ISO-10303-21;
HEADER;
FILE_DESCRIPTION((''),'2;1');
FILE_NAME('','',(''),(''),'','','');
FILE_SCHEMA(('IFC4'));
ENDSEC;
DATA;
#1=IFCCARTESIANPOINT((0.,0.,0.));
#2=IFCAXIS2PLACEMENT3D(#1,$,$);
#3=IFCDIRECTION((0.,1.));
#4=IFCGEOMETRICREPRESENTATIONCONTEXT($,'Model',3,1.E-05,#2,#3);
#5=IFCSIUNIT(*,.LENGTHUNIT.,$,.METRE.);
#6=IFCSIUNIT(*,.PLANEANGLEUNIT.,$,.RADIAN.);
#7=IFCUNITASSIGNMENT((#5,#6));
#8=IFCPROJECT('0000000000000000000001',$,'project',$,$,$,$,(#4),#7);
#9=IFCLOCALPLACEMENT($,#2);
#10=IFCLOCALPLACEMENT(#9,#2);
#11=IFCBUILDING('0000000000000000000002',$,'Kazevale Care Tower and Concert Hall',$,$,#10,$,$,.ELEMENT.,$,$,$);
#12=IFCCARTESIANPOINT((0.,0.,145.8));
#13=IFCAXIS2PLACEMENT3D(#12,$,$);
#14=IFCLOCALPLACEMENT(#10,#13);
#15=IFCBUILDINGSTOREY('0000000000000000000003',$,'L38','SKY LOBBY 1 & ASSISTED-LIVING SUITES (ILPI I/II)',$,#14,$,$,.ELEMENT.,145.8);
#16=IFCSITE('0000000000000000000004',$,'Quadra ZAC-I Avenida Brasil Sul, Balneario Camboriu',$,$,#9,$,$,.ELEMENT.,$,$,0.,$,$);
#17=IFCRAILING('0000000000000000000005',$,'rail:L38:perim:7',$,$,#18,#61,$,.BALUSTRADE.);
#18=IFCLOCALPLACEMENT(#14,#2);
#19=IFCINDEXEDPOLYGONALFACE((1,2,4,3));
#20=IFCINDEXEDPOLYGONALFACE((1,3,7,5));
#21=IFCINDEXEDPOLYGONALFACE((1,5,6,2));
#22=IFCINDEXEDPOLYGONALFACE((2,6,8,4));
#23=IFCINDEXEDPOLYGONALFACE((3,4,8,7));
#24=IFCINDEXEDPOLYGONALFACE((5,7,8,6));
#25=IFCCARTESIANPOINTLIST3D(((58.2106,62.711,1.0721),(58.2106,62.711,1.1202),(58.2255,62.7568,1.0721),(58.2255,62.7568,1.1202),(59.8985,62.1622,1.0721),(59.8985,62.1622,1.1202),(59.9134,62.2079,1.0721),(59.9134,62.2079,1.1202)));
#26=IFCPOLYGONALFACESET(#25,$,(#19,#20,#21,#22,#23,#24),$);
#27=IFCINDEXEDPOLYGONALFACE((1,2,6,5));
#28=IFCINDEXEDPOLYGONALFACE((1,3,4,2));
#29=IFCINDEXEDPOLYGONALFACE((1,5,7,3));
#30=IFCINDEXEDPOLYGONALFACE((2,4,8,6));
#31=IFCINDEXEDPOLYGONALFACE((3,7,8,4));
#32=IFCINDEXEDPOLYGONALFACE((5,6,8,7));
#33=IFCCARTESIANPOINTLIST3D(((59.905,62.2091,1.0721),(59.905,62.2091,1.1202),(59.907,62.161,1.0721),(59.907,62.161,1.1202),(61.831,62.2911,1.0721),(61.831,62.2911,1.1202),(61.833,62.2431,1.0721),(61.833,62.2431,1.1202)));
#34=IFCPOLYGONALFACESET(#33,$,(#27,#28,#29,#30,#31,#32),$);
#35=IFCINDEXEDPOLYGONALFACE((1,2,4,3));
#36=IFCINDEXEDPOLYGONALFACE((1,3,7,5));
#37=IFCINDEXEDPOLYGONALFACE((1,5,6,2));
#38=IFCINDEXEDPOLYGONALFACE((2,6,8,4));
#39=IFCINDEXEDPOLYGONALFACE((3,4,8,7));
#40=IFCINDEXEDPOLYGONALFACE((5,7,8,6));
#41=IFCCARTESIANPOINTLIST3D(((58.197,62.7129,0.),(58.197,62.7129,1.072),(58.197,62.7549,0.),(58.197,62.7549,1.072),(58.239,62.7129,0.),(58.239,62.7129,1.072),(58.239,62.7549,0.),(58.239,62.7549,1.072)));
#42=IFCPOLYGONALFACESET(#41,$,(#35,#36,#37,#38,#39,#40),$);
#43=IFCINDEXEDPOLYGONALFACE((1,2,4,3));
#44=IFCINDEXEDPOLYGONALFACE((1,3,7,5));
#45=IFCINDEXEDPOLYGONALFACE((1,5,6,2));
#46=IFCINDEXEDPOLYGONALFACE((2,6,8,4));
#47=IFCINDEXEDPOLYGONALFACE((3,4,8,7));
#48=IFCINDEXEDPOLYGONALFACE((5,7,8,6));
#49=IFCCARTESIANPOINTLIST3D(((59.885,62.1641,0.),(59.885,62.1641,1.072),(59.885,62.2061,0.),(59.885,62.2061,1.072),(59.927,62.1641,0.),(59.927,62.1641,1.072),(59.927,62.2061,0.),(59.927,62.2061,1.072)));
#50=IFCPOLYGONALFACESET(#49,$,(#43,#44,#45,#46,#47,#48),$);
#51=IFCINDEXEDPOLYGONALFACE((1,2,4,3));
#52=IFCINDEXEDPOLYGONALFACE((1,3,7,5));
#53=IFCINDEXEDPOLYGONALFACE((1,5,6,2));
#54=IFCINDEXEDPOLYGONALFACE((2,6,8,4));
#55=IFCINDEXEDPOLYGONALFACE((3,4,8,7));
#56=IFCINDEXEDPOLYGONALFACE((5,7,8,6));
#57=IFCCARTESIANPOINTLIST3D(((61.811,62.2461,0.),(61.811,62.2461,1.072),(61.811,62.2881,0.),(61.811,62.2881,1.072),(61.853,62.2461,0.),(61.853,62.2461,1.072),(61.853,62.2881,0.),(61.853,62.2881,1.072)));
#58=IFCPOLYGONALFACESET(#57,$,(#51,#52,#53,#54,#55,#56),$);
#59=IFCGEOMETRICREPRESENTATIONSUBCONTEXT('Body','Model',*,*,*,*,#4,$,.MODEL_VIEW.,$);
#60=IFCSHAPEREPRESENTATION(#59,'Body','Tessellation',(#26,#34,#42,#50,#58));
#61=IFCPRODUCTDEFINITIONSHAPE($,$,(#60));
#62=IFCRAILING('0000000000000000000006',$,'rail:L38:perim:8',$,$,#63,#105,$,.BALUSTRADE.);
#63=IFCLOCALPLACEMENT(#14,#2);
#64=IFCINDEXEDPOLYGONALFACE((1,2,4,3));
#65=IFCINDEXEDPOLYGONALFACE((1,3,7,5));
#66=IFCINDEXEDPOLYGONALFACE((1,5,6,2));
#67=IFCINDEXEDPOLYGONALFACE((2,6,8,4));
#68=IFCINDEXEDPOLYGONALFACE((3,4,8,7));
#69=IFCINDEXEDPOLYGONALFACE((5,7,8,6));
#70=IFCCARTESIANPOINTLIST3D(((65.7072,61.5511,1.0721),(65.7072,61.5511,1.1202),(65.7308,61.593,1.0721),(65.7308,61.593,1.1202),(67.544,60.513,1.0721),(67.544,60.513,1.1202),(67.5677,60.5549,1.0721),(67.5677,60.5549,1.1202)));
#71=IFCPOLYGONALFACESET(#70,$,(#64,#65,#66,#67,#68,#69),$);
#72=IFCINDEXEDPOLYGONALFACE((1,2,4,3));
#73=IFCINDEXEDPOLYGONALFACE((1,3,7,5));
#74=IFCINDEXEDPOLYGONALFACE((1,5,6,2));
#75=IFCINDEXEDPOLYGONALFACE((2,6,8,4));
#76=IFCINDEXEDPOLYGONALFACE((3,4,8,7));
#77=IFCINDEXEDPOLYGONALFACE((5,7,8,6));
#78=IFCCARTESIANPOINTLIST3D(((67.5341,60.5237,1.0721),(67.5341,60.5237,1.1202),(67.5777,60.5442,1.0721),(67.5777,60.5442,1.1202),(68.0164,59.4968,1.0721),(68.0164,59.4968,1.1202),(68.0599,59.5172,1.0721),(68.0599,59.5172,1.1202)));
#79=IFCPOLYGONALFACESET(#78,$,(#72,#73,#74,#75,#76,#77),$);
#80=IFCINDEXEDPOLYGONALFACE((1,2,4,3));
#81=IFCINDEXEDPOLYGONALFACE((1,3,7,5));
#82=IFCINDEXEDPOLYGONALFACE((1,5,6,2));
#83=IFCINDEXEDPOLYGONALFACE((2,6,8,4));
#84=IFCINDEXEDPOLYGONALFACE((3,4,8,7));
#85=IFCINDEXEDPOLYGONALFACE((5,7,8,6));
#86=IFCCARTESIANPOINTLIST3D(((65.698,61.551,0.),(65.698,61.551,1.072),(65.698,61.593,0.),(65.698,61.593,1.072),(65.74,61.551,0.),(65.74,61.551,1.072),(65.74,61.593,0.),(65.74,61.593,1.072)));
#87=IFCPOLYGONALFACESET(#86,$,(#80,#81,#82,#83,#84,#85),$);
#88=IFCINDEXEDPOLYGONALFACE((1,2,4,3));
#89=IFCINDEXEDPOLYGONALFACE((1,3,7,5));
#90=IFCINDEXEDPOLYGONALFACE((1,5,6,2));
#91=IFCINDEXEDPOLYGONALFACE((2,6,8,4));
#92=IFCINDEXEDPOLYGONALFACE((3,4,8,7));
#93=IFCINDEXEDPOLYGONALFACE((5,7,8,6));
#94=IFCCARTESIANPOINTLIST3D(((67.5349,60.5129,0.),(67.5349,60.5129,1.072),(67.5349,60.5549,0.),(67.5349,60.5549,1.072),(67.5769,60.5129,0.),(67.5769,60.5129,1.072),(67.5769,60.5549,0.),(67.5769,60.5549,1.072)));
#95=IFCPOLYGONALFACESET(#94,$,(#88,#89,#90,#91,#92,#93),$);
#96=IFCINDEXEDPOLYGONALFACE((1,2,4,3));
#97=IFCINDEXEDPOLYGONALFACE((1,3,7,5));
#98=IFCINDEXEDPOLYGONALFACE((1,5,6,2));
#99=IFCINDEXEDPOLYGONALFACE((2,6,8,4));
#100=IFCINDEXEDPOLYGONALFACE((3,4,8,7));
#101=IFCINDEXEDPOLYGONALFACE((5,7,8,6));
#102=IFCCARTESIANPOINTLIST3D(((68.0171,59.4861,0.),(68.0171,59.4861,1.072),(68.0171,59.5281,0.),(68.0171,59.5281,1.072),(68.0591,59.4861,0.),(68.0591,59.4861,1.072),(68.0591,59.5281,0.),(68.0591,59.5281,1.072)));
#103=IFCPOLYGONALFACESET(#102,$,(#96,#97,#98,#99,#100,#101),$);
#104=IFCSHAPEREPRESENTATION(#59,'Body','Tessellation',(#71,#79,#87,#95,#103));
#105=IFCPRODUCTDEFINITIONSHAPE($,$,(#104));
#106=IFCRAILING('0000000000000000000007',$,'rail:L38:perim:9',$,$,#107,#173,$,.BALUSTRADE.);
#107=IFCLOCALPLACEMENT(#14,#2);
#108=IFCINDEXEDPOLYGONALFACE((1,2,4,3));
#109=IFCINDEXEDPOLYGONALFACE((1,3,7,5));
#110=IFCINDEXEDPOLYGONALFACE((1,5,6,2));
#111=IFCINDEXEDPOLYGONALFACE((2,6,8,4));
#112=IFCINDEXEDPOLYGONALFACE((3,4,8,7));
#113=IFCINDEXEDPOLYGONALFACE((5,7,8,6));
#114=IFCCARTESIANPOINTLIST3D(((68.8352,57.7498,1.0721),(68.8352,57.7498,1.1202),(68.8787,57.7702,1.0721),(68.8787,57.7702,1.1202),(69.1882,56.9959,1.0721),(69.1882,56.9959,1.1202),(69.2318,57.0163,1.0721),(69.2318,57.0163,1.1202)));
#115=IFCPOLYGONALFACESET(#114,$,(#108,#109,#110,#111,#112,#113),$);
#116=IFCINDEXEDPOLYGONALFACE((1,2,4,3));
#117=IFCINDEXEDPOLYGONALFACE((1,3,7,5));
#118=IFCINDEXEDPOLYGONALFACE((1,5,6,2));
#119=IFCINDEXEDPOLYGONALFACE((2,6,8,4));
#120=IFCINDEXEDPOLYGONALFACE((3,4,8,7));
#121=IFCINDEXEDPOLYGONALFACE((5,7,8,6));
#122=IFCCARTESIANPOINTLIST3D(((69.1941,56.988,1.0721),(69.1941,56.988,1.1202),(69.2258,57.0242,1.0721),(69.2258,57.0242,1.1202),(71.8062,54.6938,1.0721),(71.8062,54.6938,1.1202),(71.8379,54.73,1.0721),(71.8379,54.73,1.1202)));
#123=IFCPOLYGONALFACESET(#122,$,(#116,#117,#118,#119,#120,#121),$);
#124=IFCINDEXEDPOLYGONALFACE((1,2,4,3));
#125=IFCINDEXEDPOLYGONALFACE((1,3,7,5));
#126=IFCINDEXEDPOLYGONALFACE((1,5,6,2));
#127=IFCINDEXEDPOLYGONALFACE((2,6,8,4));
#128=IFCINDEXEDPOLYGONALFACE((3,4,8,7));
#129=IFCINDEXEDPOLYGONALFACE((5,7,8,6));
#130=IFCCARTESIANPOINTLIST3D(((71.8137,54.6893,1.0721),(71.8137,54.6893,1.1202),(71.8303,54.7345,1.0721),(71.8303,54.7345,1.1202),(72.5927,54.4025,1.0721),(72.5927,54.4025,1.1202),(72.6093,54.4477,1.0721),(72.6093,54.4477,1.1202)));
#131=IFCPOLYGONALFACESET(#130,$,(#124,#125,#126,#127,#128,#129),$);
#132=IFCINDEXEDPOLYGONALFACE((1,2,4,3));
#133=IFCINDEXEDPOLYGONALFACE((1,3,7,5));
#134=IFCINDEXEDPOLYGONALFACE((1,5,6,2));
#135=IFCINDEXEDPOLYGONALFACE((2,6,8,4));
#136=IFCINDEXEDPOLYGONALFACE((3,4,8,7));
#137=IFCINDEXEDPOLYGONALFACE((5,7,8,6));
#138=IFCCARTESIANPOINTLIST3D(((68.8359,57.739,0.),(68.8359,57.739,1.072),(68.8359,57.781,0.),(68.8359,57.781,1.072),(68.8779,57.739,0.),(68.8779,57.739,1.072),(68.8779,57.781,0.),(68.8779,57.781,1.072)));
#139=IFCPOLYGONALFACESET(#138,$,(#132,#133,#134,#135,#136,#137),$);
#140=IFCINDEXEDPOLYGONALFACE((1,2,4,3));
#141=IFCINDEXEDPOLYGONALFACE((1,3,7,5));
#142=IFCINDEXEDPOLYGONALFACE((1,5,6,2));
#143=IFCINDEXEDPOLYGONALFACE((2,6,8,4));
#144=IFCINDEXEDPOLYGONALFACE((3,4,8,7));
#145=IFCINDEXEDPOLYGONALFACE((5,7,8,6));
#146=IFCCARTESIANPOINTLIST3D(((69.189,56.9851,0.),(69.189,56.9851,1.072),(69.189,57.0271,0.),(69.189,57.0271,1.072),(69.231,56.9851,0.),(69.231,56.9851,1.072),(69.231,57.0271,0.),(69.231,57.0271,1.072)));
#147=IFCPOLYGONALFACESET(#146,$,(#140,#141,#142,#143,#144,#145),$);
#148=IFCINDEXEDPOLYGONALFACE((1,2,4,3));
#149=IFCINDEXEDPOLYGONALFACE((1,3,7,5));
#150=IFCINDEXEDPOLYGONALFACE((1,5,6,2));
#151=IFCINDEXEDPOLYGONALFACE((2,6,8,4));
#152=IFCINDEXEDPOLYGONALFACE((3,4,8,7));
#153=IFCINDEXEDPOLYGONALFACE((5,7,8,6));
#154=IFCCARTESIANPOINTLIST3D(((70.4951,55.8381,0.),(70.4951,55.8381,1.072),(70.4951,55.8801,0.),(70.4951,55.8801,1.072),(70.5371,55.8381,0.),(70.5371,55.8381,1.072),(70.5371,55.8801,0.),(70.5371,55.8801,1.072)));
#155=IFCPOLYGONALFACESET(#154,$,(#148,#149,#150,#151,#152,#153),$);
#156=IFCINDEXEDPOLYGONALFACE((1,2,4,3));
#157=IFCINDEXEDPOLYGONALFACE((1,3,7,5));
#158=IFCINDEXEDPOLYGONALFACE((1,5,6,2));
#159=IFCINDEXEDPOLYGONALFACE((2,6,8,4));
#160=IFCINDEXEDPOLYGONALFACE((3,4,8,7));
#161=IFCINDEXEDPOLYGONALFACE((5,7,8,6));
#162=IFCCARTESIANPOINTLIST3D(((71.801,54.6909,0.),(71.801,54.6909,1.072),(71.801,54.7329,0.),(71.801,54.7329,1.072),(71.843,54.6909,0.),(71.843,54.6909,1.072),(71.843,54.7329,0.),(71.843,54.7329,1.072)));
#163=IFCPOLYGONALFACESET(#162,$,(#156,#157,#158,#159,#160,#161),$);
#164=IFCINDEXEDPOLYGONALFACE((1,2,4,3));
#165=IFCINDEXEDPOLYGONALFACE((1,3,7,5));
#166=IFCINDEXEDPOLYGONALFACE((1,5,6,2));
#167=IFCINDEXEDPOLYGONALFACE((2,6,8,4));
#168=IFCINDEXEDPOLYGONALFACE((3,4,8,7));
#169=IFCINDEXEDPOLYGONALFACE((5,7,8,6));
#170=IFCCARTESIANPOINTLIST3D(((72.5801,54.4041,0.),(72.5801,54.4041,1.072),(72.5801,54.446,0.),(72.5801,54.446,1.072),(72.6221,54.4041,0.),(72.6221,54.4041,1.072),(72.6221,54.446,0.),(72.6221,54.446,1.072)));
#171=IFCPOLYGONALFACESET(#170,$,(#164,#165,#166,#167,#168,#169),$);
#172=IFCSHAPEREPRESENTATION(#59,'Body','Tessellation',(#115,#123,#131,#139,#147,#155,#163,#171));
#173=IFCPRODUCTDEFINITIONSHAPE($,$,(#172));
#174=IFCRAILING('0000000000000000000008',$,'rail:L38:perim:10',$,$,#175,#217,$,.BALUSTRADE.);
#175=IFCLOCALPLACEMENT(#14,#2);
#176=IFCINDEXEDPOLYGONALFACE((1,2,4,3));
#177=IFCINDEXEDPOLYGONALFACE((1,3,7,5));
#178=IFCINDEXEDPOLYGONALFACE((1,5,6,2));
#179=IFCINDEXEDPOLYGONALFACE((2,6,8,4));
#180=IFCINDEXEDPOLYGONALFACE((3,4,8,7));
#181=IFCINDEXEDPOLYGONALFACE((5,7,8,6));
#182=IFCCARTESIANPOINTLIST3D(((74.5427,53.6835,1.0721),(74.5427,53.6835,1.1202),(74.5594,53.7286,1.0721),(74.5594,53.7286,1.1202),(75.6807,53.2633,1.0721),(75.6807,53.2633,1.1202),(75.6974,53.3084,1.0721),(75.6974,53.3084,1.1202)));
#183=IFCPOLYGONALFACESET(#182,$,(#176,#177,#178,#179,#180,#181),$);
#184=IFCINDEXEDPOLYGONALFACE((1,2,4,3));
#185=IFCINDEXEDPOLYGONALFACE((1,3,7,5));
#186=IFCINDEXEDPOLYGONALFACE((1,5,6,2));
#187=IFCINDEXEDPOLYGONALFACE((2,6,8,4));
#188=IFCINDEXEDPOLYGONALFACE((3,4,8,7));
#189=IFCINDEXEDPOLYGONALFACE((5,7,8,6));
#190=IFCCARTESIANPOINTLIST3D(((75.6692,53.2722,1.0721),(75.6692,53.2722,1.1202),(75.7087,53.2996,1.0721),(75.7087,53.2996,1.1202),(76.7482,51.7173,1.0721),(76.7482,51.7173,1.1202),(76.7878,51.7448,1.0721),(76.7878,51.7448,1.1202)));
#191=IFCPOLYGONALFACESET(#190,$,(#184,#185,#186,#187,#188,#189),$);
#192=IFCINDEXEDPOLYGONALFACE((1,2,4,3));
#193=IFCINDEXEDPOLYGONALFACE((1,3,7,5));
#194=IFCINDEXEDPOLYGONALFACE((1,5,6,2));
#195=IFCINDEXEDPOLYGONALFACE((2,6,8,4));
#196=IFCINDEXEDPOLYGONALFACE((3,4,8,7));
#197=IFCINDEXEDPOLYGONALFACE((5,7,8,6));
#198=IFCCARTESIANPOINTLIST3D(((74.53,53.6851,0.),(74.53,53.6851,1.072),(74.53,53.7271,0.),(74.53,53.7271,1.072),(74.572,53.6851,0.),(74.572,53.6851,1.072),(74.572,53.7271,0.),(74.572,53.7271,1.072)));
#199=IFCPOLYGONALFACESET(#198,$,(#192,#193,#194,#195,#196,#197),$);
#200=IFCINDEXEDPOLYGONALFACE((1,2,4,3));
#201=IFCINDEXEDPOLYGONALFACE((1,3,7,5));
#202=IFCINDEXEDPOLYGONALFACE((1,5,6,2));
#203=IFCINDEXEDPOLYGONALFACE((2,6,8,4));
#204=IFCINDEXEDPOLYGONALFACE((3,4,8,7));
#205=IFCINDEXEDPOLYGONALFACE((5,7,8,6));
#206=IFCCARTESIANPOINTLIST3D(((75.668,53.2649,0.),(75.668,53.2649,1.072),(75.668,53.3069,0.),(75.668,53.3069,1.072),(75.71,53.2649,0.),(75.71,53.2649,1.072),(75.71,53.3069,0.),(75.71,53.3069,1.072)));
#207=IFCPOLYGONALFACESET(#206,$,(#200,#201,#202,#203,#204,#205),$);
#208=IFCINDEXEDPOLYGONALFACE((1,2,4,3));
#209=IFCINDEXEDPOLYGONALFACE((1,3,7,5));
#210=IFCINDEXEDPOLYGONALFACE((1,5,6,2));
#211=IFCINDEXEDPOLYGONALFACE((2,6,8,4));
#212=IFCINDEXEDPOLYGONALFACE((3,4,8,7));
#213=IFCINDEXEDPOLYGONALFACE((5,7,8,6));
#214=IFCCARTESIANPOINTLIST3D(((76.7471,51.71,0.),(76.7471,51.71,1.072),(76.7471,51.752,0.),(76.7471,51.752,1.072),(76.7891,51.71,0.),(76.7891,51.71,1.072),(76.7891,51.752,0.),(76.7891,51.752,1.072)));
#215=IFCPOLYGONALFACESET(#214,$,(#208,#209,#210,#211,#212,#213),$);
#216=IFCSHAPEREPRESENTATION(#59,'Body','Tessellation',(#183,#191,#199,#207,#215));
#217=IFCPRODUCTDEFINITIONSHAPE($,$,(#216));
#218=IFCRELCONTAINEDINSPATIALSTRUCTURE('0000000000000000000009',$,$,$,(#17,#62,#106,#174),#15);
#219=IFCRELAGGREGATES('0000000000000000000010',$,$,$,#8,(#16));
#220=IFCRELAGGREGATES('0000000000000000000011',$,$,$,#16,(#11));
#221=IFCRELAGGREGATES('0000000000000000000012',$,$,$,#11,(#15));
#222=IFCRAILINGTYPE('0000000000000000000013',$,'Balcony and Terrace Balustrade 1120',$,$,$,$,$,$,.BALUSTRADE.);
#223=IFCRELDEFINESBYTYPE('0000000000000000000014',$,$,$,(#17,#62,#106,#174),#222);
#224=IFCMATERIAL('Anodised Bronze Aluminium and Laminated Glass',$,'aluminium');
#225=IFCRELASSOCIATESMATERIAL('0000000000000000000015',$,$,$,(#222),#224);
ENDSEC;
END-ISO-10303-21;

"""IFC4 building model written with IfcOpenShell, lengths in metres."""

from ifc_helpers import new_model, si_unit, direction, frame, origin, origin_2d, place, context, subcontext, project, spatial, rectangle, extrude, material, type_object, element, save


model = new_model("IFC4")

# Units and contexts
model_context = context("Model", 3, precision=1e-05, world=origin(), true_north=direction((0.0, 1.0)))
body_context = subcontext(model_context, "Body", "Model", "MODEL_VIEW")
ifc_project = project(units=[si_unit("LENGTHUNIT", "METRE"), si_unit("PLANEANGLEUNIT", "RADIAN")], contexts=[model_context])

# Site, building, storey
site_placement = place(None, origin())
site = spatial("IfcSite", under=ifc_project, at=site_placement, Name="Quadra ZAC-I Avenida Brasil Sul, Balneario Camboriu", CompositionType="ELEMENT", RefElevation=0.0)
building_placement = place(site_placement, origin())
building = spatial("IfcBuilding", under=site, at=building_placement, Name="Kazevale Care Tower and Concert Hall", CompositionType="ELEMENT")
storey_placement = place(building_placement, frame((0.0, 0.0, 145.8)))
storey = spatial("IfcBuildingStorey", under=building, at=storey_placement, Name="L38", Description="SKY LOBBY 1 & ASSISTED-LIVING SUITES (ILPI I/II)", CompositionType="ELEMENT", Elevation=145.8)

# Railings
ifc_material_1 = material(Name="Anodised Bronze Aluminium and Laminated Glass", Category="aluminium")
railing_type = type_object("IfcRailingType", Name="Balcony and Terrace Balustrade 1120", PredefinedType="BALUSTRADE", material=ifc_material_1)
railing_1_placement = place(storey_placement, frame((58.218, 62.7339, 0.0)))
element("IfcRailing", 1, at=railing_1_placement, inside=storey, type_object=railing_type, Name="rail:L38:perim:7", PredefinedType="BALUSTRADE", context=body_context, shape_type="SweptSolid", body=[
    extrude(rectangle(XDim=0.0481, YDim=0.0481, at=origin_2d()), frame((0.0, 0.0, 1.0962), z_axis=(0.950996, -0.309204, 0.0), x_axis=(0.309204, 0.950996, 0.0)), (0.0, 0.0, 1.0), 1.7749),
    extrude(rectangle(XDim=0.0481, YDim=0.0481, at=origin_2d()), frame((1.688, -0.5488, 1.0962), z_axis=(0.999094, 0.042552, 0.0), x_axis=(-0.042552, 0.999094, 0.0)), (0.0, 0.0, 1.0), 1.9277),
    extrude(rectangle(XDim=0.042, YDim=0.042, at=origin_2d()), origin(), (0.0, 0.0, 1.0), 1.072),
    extrude(rectangle(XDim=0.042, YDim=0.042, at=origin_2d()), frame((1.688, -0.5488, 0.0)), (0.0, 0.0, 1.0), 1.072),
    extrude(rectangle(XDim=0.042, YDim=0.042, at=origin_2d()), frame((3.614, -0.4668, 0.0)), (0.0, 0.0, 1.0), 1.072),
])
railing_2_placement = place(storey_placement, frame((65.719, 61.572, 0.0)))
element("IfcRailing", 2, at=railing_2_placement, inside=storey, type_object=railing_type, Name="rail:L38:perim:8", PredefinedType="BALUSTRADE", context=body_context, shape_type="SweptSolid", body=[
    extrude(rectangle(XDim=0.0481, YDim=0.0481, at=origin_2d()), frame((0.0, 0.0, 1.0962), z_axis=(0.870597, -0.491996, 0.0), x_axis=(0.491996, 0.870597, 0.0)), (0.0, 0.0, 1.0), 2.1099),
    extrude(rectangle(XDim=0.0481, YDim=0.0481, at=origin_2d()), frame((1.8369, -1.0381, 1.0962), z_axis=(0.42504, -0.905174, 0.0), x_axis=(0.905174, 0.42504, 0.0)), (0.0, 0.0, 1.0), 1.1345),
    extrude(rectangle(XDim=0.042, YDim=0.042, at=origin_2d()), origin(), (0.0, 0.0, 1.0), 1.072),
    extrude(rectangle(XDim=0.042, YDim=0.042, at=origin_2d()), frame((1.8369, -1.0381, 0.0)), (0.0, 0.0, 1.0), 1.072),
    extrude(rectangle(XDim=0.042, YDim=0.042, at=origin_2d()), frame((2.3191, -2.0649, 0.0)), (0.0, 0.0, 1.0), 1.072),
])
railing_3_placement = place(storey_placement, frame((68.8569, 57.76, 0.0)))
element("IfcRailing", 3, at=railing_3_placement, inside=storey, type_object=railing_type, Name="rail:L38:perim:9", PredefinedType="BALUSTRADE", context=body_context, shape_type="SweptSolid", body=[
    extrude(rectangle(XDim=0.0481, YDim=0.0481, at=origin_2d()), frame((0.0, 0.0, 1.0962), z_axis=(0.424073, -0.905628, 0.0), x_axis=(0.905628, 0.424073, 0.0)), (0.0, 0.0, 1.0), 0.8325),
    extrude(rectangle(XDim=0.0481, YDim=0.0481, at=origin_2d()), frame((0.353, -0.7539, 1.0962), z_axis=(0.751344, -0.65991, 0.0), x_axis=(0.65991, 0.751344, 0.0)), (0.0, 0.0, 1.0), 3.4766),
    extrude(rectangle(XDim=0.0481, YDim=0.0481, at=origin_2d()), frame((2.9651, -3.0481, 1.0962), z_axis=(0.938403, -0.345542, 0.0), x_axis=(0.345542, 0.938403, 0.0)), (0.0, 0.0, 1.0), 0.8301),
    extrude(rectangle(XDim=0.042, YDim=0.042, at=origin_2d()), origin(), (0.0, 0.0, 1.0), 1.072),
    extrude(rectangle(XDim=0.042, YDim=0.042, at=origin_2d()), frame((0.353, -0.7539, 0.0)), (0.0, 0.0, 1.0), 1.072),
    extrude(rectangle(XDim=0.042, YDim=0.042, at=origin_2d()), frame((1.6592, -1.9009, 0.0)), (0.0, 0.0, 1.0), 1.072),
    extrude(rectangle(XDim=0.042, YDim=0.042, at=origin_2d()), frame((2.9651, -3.0481, 0.0)), (0.0, 0.0, 1.0), 1.072),
    extrude(rectangle(XDim=0.042, YDim=0.042, at=origin_2d()), frame((3.7441, -3.335, 0.0)), (0.0, 0.0, 1.0), 1.072),
])
railing_4_placement = place(storey_placement, frame((74.551, 53.7061, 0.0)))
element("IfcRailing", 4, at=railing_4_placement, inside=storey, type_object=railing_type, Name="rail:L38:perim:10", PredefinedType="BALUSTRADE", context=body_context, shape_type="SweptSolid", body=[
    extrude(rectangle(XDim=0.0481, YDim=0.0481, at=origin_2d()), frame((0.0, 0.0, 1.0962), z_axis=(0.938095, -0.346377, 0.0), x_axis=(0.346377, 0.938095, 0.0)), (0.0, 0.0, 1.0), 1.2131),
    extrude(rectangle(XDim=0.0481, YDim=0.0481, at=origin_2d()), frame((1.1379, -0.4202, 1.0962), z_axis=(0.570142, -0.821546, 0.0), x_axis=(0.821546, 0.570142, 0.0)), (0.0, 0.0, 1.0), 1.8926),
    extrude(rectangle(XDim=0.042, YDim=0.042, at=origin_2d()), origin(), (0.0, 0.0, 1.0), 1.072),
    extrude(rectangle(XDim=0.042, YDim=0.042, at=origin_2d()), frame((1.1379, -0.4202, 0.0)), (0.0, 0.0, 1.0), 1.072),
    extrude(rectangle(XDim=0.042, YDim=0.042, at=origin_2d()), frame((2.217, -1.9751, 0.0)), (0.0, 0.0, 1.0), 1.072),
])

save(model, "model.ifc")
